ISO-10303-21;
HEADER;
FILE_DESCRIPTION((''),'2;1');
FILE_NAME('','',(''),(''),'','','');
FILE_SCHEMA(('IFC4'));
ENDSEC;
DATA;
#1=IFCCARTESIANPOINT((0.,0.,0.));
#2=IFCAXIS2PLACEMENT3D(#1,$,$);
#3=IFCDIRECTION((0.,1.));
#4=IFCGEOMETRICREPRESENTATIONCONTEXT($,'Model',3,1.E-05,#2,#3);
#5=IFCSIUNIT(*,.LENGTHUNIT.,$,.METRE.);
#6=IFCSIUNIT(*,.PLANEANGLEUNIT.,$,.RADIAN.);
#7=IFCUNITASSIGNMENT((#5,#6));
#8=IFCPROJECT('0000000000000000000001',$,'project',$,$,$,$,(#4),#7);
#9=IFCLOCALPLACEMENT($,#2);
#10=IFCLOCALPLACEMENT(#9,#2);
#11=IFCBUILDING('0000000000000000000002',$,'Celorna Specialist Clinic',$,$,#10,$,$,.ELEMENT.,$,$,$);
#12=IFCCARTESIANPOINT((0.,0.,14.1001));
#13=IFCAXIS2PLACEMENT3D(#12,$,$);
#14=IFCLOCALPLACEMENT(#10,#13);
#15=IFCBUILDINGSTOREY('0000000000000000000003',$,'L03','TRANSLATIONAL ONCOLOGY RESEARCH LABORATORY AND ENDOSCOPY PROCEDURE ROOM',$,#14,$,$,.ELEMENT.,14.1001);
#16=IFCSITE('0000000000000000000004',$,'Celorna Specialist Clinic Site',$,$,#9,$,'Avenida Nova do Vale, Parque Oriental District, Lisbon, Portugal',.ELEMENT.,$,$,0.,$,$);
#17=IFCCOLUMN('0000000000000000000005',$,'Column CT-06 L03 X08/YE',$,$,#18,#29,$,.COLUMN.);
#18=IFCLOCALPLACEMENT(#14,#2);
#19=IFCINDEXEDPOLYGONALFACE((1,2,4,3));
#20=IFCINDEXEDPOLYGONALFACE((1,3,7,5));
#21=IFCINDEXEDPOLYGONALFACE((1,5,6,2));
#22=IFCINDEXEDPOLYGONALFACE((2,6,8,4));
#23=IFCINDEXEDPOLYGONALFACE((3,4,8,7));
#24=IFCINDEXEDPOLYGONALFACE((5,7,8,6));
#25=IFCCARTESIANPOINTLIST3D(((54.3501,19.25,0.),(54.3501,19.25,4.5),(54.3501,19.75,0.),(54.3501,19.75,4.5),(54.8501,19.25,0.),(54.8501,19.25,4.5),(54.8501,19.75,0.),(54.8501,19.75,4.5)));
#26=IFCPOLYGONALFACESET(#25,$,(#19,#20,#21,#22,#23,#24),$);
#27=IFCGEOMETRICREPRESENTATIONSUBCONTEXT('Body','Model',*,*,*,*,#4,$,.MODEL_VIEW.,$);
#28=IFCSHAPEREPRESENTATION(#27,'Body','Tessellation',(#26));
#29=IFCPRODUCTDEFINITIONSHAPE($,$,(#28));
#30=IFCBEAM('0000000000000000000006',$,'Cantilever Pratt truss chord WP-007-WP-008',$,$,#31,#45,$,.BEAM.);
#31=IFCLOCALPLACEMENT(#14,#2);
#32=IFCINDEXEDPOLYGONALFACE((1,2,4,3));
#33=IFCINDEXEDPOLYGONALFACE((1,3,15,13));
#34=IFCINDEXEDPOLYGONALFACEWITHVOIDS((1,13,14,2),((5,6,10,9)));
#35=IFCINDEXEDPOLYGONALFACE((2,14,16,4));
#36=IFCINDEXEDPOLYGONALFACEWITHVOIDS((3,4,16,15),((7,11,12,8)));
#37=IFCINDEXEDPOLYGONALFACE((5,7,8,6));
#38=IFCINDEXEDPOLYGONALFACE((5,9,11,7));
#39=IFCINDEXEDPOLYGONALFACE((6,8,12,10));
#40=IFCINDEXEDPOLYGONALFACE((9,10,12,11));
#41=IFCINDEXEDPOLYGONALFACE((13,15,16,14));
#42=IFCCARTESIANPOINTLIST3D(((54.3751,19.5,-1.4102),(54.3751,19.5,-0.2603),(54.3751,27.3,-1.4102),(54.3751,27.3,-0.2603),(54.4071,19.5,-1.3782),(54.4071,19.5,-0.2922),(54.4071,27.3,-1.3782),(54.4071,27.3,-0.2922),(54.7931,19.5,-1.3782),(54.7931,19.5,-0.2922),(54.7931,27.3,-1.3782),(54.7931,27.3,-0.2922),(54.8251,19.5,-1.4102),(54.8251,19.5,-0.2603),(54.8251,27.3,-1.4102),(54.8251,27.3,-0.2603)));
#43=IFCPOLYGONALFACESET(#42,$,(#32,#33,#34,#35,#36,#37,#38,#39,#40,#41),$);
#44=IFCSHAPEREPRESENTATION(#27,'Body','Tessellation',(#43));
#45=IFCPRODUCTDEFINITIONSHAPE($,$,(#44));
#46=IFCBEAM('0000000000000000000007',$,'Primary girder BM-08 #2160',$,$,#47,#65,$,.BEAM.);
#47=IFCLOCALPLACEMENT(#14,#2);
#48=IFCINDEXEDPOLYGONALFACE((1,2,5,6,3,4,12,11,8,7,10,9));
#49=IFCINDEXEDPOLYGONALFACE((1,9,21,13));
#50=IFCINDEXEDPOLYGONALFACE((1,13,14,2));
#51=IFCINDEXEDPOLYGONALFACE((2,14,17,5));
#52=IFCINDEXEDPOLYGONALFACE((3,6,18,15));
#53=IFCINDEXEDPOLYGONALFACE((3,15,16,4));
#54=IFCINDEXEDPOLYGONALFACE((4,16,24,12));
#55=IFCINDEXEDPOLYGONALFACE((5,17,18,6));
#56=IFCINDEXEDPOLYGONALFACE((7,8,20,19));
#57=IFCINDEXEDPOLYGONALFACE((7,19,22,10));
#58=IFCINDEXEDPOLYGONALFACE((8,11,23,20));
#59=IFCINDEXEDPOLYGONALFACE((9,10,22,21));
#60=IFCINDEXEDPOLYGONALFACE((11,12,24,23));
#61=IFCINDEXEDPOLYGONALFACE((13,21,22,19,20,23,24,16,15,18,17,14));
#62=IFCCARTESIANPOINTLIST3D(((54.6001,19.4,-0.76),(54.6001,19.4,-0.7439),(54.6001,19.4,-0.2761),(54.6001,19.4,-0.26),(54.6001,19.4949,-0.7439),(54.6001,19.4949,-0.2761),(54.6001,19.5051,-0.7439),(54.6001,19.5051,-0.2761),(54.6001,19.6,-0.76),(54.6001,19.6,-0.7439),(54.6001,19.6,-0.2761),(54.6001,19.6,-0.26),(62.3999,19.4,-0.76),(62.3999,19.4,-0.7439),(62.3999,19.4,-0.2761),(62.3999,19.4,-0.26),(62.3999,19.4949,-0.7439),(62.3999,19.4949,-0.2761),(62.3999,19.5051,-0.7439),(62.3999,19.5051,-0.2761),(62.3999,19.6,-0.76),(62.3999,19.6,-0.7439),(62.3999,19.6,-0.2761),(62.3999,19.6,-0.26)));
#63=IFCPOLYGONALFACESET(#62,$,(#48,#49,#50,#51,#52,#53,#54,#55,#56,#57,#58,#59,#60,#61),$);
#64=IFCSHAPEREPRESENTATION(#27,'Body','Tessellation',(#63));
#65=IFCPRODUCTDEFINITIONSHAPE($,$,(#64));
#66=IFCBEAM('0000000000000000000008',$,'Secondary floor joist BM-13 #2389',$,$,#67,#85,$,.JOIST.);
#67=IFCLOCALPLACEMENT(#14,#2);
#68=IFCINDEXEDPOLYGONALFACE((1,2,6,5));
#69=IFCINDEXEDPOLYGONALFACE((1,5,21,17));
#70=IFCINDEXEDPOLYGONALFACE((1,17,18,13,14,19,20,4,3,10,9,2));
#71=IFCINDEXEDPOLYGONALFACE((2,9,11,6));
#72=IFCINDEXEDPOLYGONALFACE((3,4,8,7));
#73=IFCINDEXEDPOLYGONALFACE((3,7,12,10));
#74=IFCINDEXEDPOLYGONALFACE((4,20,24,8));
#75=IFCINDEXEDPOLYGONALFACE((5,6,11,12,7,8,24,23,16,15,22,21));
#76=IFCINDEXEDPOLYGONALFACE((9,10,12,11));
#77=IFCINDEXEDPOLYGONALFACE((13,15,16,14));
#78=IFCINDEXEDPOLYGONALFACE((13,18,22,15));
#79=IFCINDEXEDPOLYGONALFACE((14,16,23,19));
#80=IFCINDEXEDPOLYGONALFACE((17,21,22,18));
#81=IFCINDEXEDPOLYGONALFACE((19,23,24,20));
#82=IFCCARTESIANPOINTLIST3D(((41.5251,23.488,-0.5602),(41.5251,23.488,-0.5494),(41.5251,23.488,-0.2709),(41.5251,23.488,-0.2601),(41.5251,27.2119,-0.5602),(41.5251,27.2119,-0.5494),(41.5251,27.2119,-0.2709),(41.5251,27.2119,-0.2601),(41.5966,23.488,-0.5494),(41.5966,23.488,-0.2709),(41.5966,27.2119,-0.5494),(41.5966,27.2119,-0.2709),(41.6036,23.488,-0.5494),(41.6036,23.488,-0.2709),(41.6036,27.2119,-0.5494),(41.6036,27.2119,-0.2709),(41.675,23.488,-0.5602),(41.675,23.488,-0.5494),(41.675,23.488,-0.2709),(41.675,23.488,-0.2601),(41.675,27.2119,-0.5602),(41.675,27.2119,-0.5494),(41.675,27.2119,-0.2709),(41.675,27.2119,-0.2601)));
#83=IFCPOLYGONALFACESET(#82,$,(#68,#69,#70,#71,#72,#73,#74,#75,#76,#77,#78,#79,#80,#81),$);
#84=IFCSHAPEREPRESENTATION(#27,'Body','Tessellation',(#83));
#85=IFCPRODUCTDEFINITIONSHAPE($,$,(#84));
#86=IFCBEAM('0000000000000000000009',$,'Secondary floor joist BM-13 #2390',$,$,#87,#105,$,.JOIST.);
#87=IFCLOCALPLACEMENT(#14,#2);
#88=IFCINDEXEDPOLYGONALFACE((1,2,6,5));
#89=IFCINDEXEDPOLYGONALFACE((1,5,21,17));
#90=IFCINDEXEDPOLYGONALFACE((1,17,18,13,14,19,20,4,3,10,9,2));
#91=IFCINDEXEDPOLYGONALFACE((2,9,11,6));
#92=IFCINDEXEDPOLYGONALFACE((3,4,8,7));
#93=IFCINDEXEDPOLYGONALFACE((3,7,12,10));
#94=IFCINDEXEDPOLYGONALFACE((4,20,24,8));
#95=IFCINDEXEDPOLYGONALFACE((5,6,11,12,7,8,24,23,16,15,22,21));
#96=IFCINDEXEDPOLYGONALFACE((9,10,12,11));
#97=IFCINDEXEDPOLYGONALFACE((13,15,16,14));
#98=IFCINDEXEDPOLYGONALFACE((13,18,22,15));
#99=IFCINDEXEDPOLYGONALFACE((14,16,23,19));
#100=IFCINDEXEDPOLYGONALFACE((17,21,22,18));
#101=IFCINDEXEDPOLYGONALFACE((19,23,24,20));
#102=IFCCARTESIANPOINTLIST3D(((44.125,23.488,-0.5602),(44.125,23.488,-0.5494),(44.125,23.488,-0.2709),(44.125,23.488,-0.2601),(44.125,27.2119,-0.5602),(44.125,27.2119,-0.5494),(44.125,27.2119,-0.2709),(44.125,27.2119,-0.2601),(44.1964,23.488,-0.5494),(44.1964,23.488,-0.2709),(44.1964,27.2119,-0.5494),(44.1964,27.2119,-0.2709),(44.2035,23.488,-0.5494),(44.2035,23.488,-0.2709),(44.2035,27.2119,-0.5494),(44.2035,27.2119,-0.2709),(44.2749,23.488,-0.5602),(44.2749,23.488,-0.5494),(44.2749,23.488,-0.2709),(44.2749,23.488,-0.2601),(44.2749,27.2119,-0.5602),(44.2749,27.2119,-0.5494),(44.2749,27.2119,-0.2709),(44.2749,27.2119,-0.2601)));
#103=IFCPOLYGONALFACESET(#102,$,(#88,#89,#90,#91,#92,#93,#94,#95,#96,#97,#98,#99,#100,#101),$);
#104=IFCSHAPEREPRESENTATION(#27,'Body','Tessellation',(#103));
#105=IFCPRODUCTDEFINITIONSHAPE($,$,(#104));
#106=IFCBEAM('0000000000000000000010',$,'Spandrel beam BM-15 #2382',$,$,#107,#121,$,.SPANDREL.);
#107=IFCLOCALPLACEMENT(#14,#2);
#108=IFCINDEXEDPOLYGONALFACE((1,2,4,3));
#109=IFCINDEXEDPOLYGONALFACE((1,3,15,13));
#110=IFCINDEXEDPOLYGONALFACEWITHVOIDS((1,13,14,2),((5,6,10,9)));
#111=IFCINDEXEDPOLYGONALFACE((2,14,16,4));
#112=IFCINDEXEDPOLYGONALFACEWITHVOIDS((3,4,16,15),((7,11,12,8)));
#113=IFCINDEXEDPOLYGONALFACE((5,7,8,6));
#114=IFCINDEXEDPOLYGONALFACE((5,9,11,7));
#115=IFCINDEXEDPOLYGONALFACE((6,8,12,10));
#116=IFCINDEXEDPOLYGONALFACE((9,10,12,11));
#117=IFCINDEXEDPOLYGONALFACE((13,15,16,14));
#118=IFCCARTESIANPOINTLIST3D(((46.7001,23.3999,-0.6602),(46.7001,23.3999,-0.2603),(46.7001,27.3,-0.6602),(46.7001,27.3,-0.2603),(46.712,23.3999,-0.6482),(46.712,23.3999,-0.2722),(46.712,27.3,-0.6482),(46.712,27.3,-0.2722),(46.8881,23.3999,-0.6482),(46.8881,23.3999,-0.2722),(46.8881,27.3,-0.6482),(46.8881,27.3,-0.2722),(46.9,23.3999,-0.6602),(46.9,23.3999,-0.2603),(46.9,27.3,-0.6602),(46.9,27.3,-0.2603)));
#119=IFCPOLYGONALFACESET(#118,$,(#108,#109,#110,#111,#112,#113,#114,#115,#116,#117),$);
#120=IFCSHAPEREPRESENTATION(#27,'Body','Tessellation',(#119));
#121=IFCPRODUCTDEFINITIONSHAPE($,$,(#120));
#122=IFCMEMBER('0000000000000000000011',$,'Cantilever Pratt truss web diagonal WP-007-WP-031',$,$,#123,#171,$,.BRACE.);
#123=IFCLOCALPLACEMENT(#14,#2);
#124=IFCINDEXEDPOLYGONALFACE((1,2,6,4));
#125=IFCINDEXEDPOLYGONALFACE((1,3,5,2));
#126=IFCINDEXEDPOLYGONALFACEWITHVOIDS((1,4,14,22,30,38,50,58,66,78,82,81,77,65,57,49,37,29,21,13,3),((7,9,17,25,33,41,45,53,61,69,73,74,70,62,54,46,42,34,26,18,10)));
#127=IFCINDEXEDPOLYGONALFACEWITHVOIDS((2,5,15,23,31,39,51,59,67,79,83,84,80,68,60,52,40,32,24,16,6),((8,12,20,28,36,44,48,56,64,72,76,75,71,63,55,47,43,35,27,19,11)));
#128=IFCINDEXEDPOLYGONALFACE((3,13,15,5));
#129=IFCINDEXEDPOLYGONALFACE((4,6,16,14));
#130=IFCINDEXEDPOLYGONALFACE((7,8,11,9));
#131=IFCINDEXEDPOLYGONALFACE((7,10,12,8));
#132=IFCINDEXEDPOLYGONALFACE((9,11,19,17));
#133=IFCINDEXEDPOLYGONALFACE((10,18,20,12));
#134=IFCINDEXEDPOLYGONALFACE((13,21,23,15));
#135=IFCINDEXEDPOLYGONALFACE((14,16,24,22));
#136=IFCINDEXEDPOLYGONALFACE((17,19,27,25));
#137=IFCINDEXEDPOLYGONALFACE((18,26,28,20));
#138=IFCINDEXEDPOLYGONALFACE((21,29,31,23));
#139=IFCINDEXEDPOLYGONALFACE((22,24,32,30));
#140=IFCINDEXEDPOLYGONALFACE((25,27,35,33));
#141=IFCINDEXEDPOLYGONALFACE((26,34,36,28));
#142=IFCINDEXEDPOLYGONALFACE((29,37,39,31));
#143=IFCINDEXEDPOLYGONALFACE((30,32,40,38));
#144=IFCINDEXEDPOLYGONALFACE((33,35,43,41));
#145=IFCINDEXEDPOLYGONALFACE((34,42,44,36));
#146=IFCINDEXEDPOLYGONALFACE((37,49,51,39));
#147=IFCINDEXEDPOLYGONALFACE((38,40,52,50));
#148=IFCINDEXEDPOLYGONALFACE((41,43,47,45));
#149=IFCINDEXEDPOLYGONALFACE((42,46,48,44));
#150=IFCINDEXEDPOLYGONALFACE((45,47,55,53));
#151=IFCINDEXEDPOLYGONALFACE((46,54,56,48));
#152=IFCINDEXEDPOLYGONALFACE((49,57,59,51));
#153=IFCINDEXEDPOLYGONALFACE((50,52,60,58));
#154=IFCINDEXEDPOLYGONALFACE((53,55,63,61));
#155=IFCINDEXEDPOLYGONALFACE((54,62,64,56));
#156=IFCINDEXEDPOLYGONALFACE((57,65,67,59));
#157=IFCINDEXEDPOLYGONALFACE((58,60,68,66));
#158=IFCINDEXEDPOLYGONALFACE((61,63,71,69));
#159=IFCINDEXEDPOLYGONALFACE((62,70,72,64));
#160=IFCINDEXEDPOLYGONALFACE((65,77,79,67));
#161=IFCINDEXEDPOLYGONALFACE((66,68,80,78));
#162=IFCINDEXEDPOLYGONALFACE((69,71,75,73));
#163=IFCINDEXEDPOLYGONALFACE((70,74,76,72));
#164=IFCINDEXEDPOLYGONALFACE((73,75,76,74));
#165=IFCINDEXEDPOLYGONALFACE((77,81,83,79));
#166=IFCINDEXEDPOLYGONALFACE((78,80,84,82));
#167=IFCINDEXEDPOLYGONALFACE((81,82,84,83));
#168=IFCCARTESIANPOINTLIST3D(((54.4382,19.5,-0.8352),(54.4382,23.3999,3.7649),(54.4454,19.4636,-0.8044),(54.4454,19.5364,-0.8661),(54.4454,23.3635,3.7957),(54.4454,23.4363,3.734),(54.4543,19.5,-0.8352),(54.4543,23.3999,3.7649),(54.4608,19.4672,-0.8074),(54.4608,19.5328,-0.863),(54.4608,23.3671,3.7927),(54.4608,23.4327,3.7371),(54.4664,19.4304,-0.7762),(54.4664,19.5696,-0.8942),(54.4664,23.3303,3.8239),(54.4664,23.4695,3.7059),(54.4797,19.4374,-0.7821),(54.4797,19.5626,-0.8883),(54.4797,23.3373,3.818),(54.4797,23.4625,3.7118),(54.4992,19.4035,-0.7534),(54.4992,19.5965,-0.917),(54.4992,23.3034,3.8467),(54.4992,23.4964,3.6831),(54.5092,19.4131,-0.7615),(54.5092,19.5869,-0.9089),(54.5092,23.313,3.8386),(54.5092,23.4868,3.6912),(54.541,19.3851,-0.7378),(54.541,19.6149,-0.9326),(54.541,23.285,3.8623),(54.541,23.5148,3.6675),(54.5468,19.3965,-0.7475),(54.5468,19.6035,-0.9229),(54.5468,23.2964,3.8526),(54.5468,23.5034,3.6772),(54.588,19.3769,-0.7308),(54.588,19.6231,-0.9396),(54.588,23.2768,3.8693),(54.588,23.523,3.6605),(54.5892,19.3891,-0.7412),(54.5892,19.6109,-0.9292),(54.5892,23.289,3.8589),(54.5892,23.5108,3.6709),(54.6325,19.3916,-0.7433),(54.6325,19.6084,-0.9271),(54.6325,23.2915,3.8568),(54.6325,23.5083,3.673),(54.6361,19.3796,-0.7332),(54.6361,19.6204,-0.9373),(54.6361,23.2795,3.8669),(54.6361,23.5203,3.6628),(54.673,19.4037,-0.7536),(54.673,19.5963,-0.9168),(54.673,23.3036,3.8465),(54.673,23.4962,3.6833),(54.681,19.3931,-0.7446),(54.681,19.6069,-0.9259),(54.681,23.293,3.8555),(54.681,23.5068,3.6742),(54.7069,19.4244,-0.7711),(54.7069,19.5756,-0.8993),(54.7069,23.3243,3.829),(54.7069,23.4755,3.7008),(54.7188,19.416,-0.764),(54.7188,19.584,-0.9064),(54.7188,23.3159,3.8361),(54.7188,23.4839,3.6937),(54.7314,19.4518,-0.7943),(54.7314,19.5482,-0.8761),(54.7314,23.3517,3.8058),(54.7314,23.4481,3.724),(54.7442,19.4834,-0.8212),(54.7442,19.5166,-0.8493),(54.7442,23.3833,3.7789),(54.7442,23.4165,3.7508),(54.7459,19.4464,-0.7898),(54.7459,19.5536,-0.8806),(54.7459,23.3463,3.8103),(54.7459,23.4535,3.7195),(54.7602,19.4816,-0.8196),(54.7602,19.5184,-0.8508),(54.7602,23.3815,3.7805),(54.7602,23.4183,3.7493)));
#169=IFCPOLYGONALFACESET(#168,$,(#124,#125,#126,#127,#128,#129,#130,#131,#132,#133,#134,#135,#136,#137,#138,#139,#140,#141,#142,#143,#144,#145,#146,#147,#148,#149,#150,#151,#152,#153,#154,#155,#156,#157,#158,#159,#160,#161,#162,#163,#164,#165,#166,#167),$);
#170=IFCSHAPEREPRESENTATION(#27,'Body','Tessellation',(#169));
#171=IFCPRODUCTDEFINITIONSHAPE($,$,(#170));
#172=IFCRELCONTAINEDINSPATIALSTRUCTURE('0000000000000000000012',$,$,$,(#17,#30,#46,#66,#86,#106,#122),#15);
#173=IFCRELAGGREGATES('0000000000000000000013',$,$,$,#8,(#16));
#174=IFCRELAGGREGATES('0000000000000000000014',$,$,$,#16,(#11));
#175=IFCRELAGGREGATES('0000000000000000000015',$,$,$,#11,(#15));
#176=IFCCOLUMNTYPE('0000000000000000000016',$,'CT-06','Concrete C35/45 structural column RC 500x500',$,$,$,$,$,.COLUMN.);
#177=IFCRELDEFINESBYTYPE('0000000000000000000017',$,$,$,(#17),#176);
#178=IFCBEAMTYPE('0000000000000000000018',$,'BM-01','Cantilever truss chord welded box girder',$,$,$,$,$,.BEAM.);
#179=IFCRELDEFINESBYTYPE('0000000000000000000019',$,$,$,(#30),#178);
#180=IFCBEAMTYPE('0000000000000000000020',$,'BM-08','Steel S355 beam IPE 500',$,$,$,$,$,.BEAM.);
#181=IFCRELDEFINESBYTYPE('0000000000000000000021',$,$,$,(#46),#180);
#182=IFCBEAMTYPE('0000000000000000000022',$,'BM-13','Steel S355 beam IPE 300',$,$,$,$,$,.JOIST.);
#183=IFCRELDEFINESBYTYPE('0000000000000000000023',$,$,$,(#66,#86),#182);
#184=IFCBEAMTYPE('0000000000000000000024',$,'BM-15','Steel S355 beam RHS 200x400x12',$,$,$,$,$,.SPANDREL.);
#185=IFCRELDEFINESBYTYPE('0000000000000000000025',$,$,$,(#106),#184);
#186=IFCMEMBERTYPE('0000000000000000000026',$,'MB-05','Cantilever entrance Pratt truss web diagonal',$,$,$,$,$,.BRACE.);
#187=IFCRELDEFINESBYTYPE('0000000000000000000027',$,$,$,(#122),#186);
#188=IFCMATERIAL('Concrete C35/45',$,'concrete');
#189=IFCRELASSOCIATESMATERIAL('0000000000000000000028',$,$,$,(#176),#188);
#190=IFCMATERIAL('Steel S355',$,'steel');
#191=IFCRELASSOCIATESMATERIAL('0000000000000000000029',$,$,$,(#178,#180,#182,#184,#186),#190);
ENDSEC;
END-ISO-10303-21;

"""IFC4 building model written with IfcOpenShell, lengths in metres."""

from ifc_helpers import new_model, si_unit, direction, frame, origin, origin_2d, place, context, subcontext, project, spatial, rectangle, hollow_rectangle, hollow_circle, i_section, extrude, material, material_profile, profile_set, type_object, element, save


model = new_model("IFC4")

# Units and contexts
model_context = context("Model", 3, precision=1e-05, world=origin(), true_north=direction((0.0, 1.0)))
body_context = subcontext(model_context, "Body", "Model", "MODEL_VIEW")
ifc_project = project(units=[si_unit("LENGTHUNIT", "METRE"), si_unit("PLANEANGLEUNIT", "RADIAN")], contexts=[model_context])

# Site, building, storey
site_placement = place(None, origin())
site = spatial("IfcSite", under=ifc_project, at=site_placement, Name="Celorna Specialist Clinic Site", LongName="Avenida Nova do Vale, Parque Oriental District, Lisbon, Portugal", CompositionType="ELEMENT", RefElevation=0.0)
building_placement = place(site_placement, origin())
building = spatial("IfcBuilding", under=site, at=building_placement, Name="Celorna Specialist Clinic", CompositionType="ELEMENT")
storey_placement = place(building_placement, frame((0.0, 0.0, 14.1001)))
storey = spatial("IfcBuildingStorey", under=building, at=storey_placement, Name="L03", Description="TRANSLATIONAL ONCOLOGY RESEARCH LABORATORY AND ENDOSCOPY PROCEDURE ROOM", CompositionType="ELEMENT", Elevation=14.1001)

# Column
ifc_material_1 = material(Name="Concrete C35/45", Category="concrete")
ifc_material_profile_1 = material_profile(ifc_material_1, rectangle(XDim=0.5, YDim=0.5, at=origin_2d()), Name="RC 500x500")
ifc_profile_set_1 = profile_set([ifc_material_profile_1], Name="Concrete C35/45")
column_type = type_object("IfcColumnType", Name="CT-06", Description="Concrete C35/45 structural column RC 500x500", PredefinedType="COLUMN", material=ifc_profile_set_1)
column_placement = place(storey_placement, frame((54.6001, 19.5, 0.0), z_axis=(0.0, 0.0, 1.0), x_axis=(1.0, 0.0, 0.0)))
element("IfcColumn", 1, at=column_placement, inside=storey, type_object=column_type, Name="Column CT-06 L03 X08/YE", PredefinedType="COLUMN", context=body_context, shape_type="SweptSolid", body=[
    extrude(rectangle(XDim=0.5, YDim=0.5, at=origin_2d()), origin(), (0.0, 0.0, 1.0), 4.5),
])

# Beams
ifc_material_2 = material(Name="Steel S355", Category="steel")
ifc_material_profile_2 = material_profile(ifc_material_2, hollow_rectangle(XDim=0.45, YDim=1.1499, WallThickness=0.032, at=origin_2d()), Name="BOX 450x1150x32")
ifc_profile_set_2 = profile_set([ifc_material_profile_2], Name="Steel S355")
beam_type_1 = type_object("IfcBeamType", Name="BM-01", Description="Cantilever truss chord welded box girder", PredefinedType="BEAM", material=ifc_profile_set_2)
beam_1_placement = place(storey_placement, frame((54.6001, 19.5, -0.8352), z_axis=(0.0, 1.0, 0.0), x_axis=(-1.0, 0.0, 0.0)))
element("IfcBeam", 2, at=beam_1_placement, inside=storey, type_object=beam_type_1, Name="Cantilever Pratt truss chord WP-007-WP-008", PredefinedType="BEAM", context=body_context, shape_type="SweptSolid", body=[
    extrude(hollow_rectangle(XDim=0.45, YDim=1.1499, WallThickness=0.032, at=origin_2d()), origin(), (0.0, 0.0, 1.0), 7.8),
])
ifc_material_profile_3 = material_profile(ifc_material_2, i_section(OverallWidth=0.2, OverallDepth=0.5, WebThickness=0.0103, FlangeThickness=0.0161, at=origin_2d()), Name="IPE 500")
ifc_profile_set_3 = profile_set([ifc_material_profile_3], Name="Steel S355")
beam_type_2 = type_object("IfcBeamType", Name="BM-08", Description="Steel S355 beam IPE 500", PredefinedType="BEAM", material=ifc_profile_set_3)
beam_2_placement = place(storey_placement, frame((54.6001, 19.5, -0.51), z_axis=(1.0, 0.0, 0.0), x_axis=(0.0, 1.0, 0.0)))
element("IfcBeam", 3, at=beam_2_placement, inside=storey, type_object=beam_type_2, Name="Primary girder BM-08 #2160", PredefinedType="BEAM", context=body_context, shape_type="SweptSolid", body=[
    extrude(i_section(OverallWidth=0.2, OverallDepth=0.5, WebThickness=0.0103, FlangeThickness=0.0161, at=origin_2d()), origin(), (0.0, 0.0, 1.0), 7.7998),
])
ifc_material_profile_4 = material_profile(ifc_material_2, i_section(OverallWidth=0.1499, OverallDepth=0.3, WebThickness=0.0071, FlangeThickness=0.0107, at=origin_2d()), Name="IPE 300")
ifc_profile_set_4 = profile_set([ifc_material_profile_4], Name="Steel S355")
beam_type_3 = type_object("IfcBeamType", Name="BM-13", Description="Steel S355 beam IPE 300", PredefinedType="JOIST", material=ifc_profile_set_4)
for number, where, z_axis, x_axis, name in (
    (4, (41.6001, 23.488, -0.4102), (0.0, 1.0, 0.0), (-1.0, 0.0, 0.0), "Secondary floor joist BM-13 #2389"),
    (5, (44.2, 23.488, -0.4102), (0.0, 1.0, 0.0), (-1.0, 0.0, 0.0), "Secondary floor joist BM-13 #2390"),
):
    element("IfcBeam", number, at=place(storey_placement, frame(where, z_axis=z_axis, x_axis=x_axis)), inside=storey, type_object=beam_type_3, Name=name, PredefinedType="JOIST", context=body_context, shape_type="SweptSolid", body=[
        extrude(i_section(OverallWidth=0.1499, OverallDepth=0.3, WebThickness=0.0071, FlangeThickness=0.0107, at=origin_2d()), origin(), (0.0, 0.0, 1.0), 3.7239),
    ])
ifc_material_profile_5 = material_profile(ifc_material_2, hollow_rectangle(XDim=0.2, YDim=0.3999, WallThickness=0.012, at=origin_2d()), Name="RHS 200x400x12")
ifc_profile_set_5 = profile_set([ifc_material_profile_5], Name="Steel S355")
beam_type_4 = type_object("IfcBeamType", Name="BM-15", Description="Steel S355 beam RHS 200x400x12", PredefinedType="SPANDREL", material=ifc_profile_set_5)
beam_3_placement = place(storey_placement, frame((46.8, 23.3999, -0.4602), z_axis=(0.0, 1.0, 0.0), x_axis=(-1.0, 0.0, 0.0)))
element("IfcBeam", 6, at=beam_3_placement, inside=storey, type_object=beam_type_4, Name="Spandrel beam BM-15 #2382", PredefinedType="SPANDREL", context=body_context, shape_type="SweptSolid", body=[
    extrude(hollow_rectangle(XDim=0.2, YDim=0.3999, WallThickness=0.012, at=origin_2d()), origin(), (0.0, 0.0, 1.0), 3.9001),
])

# Member
ifc_material_profile_6 = material_profile(ifc_material_2, hollow_circle(Radius=0.1619, WallThickness=0.0161, at=origin_2d()), Name="CHS 323.9x16")
ifc_profile_set_6 = profile_set([ifc_material_profile_6], Name="Steel S355")
member_type_1 = type_object("IfcMemberType", Name="MB-05", Description="Cantilever entrance Pratt truss web diagonal", PredefinedType="BRACE", material=ifc_profile_set_6)
member_1_placement = place(storey_placement, frame((54.6001, 19.5, -0.8352), z_axis=(0.0, 0.646668, 0.762772), x_axis=(-1.0, 0.0, 0.0)))
element("IfcMember", 7, at=member_1_placement, inside=storey, type_object=member_type_1, Name="Cantilever Pratt truss web diagonal WP-007-WP-031", PredefinedType="BRACE", context=body_context, shape_type="SweptSolid", body=[
    extrude(hollow_circle(Radius=0.1619, WallThickness=0.0161, at=origin_2d()), origin(), (0.0, 0.0, 1.0), 6.0308),
])

save(model, "model.ifc")
